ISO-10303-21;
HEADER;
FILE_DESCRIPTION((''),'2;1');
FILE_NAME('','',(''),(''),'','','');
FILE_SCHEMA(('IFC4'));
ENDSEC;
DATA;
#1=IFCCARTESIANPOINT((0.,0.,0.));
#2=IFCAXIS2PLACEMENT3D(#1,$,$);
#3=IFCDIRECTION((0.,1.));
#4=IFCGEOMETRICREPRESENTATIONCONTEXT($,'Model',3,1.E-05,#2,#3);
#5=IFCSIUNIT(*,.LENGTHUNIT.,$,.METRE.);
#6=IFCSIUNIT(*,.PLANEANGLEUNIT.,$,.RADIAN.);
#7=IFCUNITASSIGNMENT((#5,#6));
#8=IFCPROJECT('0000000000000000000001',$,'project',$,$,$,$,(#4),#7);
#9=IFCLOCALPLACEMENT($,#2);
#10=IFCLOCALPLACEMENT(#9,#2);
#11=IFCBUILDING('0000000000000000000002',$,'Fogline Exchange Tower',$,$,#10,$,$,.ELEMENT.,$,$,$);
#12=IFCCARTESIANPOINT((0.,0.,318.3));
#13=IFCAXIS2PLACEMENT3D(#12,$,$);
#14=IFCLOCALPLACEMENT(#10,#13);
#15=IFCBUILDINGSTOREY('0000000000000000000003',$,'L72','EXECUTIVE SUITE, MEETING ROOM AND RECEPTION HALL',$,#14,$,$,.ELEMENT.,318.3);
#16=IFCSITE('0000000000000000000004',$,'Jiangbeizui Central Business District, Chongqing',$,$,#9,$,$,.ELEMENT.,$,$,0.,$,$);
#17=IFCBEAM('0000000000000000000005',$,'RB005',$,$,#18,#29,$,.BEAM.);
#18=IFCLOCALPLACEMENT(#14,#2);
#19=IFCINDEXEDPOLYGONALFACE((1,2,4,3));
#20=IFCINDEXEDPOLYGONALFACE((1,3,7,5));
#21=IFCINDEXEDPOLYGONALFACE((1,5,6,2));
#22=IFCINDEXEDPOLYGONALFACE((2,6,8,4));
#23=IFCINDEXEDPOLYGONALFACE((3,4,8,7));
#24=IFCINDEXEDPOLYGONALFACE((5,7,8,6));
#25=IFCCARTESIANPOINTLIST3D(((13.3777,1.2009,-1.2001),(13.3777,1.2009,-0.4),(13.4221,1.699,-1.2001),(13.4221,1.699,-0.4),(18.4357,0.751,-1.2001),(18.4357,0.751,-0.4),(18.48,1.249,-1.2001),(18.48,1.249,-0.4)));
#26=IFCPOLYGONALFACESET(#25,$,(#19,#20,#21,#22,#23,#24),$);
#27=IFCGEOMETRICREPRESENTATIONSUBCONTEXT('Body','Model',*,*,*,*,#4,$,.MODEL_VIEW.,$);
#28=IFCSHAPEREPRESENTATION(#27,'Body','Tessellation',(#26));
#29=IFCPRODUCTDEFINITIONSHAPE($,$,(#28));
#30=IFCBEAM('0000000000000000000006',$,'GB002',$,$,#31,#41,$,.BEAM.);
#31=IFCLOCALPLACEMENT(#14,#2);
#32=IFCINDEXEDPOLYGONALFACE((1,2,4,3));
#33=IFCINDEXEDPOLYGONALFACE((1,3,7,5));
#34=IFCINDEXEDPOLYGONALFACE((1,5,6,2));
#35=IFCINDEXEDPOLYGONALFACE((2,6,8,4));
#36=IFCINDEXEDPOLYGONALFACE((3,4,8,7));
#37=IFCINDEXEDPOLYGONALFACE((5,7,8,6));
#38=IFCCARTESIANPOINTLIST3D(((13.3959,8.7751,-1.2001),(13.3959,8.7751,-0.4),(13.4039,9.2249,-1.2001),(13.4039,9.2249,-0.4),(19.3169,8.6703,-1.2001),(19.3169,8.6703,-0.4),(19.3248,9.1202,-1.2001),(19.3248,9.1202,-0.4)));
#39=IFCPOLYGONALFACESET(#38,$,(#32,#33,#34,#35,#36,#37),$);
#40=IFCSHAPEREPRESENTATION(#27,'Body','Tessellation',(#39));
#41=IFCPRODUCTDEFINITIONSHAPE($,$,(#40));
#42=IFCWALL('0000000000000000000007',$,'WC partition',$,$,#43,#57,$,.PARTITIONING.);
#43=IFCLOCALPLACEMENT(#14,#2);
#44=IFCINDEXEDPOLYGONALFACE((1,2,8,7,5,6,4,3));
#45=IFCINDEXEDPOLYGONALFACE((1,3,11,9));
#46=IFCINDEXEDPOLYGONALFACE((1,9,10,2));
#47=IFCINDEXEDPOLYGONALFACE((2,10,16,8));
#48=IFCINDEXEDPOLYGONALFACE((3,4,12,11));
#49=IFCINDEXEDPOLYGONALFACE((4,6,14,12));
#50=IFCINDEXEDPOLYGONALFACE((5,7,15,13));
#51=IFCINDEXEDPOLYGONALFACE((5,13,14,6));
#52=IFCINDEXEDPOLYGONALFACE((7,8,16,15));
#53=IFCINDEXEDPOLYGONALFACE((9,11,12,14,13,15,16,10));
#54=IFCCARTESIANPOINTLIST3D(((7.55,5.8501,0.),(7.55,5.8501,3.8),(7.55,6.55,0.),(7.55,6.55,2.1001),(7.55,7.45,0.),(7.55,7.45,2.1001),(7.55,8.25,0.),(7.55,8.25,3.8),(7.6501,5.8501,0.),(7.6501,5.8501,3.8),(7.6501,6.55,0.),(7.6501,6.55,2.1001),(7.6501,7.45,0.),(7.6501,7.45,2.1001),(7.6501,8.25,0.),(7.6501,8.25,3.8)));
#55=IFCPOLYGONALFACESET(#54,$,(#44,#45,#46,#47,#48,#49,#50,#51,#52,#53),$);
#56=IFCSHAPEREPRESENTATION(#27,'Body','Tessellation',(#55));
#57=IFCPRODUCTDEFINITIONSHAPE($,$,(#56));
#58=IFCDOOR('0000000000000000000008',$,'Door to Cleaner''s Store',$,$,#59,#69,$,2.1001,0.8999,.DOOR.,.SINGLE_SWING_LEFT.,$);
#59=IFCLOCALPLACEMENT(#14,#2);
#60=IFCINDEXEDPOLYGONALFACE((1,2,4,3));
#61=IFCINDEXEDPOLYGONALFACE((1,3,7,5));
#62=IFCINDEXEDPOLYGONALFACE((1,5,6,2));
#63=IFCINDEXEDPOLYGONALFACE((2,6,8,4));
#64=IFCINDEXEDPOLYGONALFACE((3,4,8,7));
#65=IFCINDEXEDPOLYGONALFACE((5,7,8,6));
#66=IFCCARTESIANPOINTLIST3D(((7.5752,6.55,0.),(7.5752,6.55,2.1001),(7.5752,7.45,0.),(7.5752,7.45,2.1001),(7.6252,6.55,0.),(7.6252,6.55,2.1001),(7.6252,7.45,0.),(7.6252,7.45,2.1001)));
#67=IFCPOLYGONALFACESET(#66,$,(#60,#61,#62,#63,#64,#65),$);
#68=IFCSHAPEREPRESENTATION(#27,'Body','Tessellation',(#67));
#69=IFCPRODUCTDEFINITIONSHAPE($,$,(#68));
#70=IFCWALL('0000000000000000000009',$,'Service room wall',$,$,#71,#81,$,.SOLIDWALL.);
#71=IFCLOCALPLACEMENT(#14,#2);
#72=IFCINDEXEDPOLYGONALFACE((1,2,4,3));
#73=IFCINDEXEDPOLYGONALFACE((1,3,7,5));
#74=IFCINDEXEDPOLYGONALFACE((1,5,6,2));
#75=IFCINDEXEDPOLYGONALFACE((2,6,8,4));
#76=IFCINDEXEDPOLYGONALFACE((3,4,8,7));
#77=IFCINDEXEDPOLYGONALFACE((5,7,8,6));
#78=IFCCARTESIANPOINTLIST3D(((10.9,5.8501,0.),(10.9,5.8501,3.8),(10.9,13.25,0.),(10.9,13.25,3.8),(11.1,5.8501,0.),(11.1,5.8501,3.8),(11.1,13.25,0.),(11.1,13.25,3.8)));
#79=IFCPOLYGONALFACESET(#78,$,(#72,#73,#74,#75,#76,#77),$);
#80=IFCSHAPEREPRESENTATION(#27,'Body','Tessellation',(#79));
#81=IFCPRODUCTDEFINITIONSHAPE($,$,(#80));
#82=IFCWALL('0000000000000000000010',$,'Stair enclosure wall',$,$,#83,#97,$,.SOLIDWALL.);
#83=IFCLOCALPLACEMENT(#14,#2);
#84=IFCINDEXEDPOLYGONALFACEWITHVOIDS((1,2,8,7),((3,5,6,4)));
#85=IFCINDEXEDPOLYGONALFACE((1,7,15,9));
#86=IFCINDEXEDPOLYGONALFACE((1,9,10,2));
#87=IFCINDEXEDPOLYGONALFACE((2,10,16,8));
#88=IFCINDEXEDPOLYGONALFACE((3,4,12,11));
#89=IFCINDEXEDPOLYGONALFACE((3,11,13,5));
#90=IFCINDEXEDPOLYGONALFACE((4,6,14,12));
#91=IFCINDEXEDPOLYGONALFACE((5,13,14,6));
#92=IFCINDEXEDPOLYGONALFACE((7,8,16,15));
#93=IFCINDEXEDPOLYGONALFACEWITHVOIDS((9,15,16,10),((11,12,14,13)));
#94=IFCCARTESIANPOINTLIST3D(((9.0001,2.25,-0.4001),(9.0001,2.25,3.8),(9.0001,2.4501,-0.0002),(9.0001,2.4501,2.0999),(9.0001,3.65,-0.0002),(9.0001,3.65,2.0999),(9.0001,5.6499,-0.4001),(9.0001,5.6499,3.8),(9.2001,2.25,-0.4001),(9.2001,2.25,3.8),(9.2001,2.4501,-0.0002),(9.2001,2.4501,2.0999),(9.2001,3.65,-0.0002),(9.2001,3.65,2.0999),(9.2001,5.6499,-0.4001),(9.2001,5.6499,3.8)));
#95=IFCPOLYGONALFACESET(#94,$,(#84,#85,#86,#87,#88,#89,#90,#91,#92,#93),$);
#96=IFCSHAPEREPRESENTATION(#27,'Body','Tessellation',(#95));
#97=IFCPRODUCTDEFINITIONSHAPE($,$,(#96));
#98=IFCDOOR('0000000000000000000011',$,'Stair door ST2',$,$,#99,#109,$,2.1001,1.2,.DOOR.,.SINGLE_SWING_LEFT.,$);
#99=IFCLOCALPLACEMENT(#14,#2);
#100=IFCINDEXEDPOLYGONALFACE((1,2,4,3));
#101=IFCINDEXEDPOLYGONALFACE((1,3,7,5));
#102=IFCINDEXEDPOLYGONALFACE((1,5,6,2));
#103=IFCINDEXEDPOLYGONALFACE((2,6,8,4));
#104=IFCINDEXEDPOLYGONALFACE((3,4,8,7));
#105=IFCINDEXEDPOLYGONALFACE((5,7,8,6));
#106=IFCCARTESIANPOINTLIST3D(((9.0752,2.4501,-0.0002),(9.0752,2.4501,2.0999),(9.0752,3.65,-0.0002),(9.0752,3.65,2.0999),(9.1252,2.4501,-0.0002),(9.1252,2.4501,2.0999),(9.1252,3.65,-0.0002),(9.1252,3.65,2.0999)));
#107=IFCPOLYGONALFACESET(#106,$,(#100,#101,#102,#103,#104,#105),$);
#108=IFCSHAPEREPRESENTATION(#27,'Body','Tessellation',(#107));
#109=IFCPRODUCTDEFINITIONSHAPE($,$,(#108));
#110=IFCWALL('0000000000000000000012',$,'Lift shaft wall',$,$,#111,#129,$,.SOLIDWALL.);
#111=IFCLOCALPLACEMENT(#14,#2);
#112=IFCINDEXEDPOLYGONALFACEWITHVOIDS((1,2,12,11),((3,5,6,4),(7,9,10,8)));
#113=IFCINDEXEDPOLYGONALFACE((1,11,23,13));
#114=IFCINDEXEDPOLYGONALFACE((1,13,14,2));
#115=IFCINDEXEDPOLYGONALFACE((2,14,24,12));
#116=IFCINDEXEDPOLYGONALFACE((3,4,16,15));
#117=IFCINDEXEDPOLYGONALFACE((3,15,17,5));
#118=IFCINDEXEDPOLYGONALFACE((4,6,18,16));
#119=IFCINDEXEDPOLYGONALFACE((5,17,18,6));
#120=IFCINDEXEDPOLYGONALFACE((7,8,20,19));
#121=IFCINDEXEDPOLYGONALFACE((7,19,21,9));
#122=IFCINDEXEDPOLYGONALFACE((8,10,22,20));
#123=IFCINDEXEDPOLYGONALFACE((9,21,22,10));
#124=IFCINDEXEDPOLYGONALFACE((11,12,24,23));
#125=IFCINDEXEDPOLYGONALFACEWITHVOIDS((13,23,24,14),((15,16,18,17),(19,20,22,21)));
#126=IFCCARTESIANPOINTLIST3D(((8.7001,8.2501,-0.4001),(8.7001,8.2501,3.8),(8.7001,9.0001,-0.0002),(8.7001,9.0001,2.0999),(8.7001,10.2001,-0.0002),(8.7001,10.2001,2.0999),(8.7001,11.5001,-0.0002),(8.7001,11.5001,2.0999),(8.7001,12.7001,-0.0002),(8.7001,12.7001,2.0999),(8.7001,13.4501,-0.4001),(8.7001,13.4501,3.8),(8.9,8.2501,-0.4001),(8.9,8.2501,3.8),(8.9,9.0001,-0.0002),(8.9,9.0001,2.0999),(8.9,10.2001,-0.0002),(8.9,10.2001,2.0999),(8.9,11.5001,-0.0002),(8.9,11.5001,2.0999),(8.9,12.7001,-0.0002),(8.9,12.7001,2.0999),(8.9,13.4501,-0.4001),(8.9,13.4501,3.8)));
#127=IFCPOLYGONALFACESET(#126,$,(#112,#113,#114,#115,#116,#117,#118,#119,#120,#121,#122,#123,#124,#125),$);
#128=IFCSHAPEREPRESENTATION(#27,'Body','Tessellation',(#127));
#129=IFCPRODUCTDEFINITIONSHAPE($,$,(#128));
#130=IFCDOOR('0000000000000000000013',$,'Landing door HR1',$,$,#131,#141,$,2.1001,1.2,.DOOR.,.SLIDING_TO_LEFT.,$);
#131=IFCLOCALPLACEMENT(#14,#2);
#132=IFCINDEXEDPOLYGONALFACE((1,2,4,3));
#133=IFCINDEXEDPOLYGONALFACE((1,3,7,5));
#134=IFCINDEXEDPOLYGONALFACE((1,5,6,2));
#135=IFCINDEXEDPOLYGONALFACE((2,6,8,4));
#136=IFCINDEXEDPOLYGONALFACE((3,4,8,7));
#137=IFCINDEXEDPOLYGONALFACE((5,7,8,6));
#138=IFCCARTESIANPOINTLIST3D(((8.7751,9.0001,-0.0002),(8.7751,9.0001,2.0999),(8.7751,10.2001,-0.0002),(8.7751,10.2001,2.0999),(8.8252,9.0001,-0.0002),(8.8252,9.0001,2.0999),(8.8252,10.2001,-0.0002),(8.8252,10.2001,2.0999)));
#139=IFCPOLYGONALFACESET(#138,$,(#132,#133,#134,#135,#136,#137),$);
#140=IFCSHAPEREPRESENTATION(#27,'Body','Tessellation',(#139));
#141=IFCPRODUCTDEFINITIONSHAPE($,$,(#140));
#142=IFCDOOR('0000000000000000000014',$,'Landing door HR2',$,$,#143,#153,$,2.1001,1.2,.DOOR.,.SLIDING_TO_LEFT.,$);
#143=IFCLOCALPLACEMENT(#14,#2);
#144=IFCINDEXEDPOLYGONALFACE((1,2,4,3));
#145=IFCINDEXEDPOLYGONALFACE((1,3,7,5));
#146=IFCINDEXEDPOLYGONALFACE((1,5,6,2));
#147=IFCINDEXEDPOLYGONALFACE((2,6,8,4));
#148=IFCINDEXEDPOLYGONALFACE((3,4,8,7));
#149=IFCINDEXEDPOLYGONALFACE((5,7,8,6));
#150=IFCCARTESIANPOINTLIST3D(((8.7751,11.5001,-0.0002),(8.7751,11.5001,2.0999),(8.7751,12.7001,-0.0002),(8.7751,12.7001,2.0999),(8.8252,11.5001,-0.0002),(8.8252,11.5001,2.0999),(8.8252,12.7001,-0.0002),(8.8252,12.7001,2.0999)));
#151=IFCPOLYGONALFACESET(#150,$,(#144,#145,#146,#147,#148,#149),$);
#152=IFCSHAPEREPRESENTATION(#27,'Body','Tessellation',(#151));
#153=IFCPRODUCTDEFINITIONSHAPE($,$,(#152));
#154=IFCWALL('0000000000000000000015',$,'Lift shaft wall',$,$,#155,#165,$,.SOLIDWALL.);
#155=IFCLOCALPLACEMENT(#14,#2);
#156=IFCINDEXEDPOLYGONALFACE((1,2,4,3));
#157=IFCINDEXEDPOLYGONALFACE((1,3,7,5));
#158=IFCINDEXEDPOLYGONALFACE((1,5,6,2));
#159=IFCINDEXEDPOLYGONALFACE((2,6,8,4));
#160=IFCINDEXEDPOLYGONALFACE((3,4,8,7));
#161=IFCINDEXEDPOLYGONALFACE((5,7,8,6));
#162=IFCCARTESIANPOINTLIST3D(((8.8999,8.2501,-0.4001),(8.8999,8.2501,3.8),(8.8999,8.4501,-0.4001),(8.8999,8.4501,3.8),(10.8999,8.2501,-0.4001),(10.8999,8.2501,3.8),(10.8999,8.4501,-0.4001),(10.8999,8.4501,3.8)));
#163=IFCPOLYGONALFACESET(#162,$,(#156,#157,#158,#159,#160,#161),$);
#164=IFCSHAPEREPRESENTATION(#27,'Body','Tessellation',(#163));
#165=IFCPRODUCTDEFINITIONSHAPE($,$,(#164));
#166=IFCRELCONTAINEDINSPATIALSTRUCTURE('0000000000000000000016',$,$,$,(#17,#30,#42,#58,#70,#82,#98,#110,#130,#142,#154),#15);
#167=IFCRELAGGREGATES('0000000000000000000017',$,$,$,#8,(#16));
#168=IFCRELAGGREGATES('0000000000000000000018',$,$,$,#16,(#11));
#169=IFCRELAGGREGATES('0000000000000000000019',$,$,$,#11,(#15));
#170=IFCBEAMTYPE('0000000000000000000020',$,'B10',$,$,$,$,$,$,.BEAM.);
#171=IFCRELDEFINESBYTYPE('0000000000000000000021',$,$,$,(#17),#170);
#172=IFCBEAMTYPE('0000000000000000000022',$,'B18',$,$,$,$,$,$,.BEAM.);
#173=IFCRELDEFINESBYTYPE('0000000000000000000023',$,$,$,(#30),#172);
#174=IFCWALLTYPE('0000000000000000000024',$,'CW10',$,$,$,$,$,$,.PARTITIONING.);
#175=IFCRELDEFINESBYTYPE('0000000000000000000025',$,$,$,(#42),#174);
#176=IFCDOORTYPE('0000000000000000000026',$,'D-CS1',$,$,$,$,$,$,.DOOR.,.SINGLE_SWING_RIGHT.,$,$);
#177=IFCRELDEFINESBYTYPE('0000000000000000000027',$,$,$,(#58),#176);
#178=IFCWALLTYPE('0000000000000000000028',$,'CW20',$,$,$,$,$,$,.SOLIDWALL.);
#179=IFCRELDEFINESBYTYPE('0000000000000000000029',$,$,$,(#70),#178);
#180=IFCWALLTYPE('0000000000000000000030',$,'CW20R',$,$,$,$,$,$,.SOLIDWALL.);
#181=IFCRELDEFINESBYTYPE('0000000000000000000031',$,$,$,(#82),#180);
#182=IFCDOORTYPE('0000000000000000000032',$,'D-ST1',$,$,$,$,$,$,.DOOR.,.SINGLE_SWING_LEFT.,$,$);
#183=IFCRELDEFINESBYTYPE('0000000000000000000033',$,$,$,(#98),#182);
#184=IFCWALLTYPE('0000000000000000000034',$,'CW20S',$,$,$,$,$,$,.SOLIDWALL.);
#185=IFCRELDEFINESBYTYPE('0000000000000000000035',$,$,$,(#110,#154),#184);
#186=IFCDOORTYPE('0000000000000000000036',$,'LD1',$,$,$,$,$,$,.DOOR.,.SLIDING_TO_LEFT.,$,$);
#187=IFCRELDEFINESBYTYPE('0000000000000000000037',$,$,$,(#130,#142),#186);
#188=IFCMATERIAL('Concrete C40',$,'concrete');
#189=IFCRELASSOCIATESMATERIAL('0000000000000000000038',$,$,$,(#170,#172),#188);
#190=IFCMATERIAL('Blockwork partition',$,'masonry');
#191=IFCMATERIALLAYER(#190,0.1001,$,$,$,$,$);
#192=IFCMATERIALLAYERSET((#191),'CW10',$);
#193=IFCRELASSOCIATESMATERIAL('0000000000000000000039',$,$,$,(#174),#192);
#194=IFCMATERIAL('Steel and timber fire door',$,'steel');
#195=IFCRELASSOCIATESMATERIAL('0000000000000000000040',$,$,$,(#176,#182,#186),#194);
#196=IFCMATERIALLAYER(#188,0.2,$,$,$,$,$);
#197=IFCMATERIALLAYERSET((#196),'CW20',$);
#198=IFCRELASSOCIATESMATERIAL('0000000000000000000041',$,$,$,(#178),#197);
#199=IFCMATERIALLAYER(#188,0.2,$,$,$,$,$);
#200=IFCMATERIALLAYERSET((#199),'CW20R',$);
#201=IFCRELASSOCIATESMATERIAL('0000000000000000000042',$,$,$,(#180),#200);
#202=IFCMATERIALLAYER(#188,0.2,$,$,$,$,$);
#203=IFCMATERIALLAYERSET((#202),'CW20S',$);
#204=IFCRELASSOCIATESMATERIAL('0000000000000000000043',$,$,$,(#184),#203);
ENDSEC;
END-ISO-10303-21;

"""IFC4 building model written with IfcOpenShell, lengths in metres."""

from ifc_helpers import new_model, si_unit, direction, frame, frame_2d, origin, origin_2d, place, context, subcontext, project, spatial, rectangle, extrude, material, layer, layer_set, material_profile, profile_set, type_object, element, fill, save


model = new_model("IFC4")

# Units and contexts
model_context = context("Model", 3, precision=1e-05, world=origin(), true_north=direction((0.0, 1.0)))
body_context = subcontext(model_context, "Body", "Model", "MODEL_VIEW")
ifc_project = project(units=[si_unit("LENGTHUNIT", "METRE"), si_unit("PLANEANGLEUNIT", "RADIAN")], contexts=[model_context])

# Site, building, storey
site_placement = place(None, origin())
site = spatial("IfcSite", under=ifc_project, at=site_placement, Name="Jiangbeizui Central Business District, Chongqing", CompositionType="ELEMENT", RefElevation=0.0)
building_placement = place(site_placement, origin())
building = spatial("IfcBuilding", under=site, at=building_placement, Name="Fogline Exchange Tower", CompositionType="ELEMENT")
storey_placement = place(building_placement, frame((0.0, 0.0, 318.3)))
storey = spatial("IfcBuildingStorey", under=building, at=storey_placement, Name="L72", Description="EXECUTIVE SUITE, MEETING ROOM AND RECEPTION HALL", CompositionType="ELEMENT", Elevation=318.3)

# Beams
ifc_material_1 = material(Name="Concrete C40", Category="concrete")
ifc_material_profile_1 = material_profile(ifc_material_1, rectangle(XDim=0.5, YDim=0.8, at=origin_2d()), Name="RC 500x800")
ifc_profile_set_1 = profile_set([ifc_material_profile_1], Name="Concrete C40")
beam_type_1 = type_object("IfcBeamType", Name="B10", PredefinedType="BEAM", material=ifc_profile_set_1)
beam_1_placement = place(storey_placement, frame((13.3999, 1.45, -0.8), z_axis=(0.996066, -0.088611, 0.0), x_axis=(0.088611, 0.996066, 0.0)))
element("IfcBeam", 1, at=beam_1_placement, inside=storey, type_object=beam_type_1, Name="RB005", PredefinedType="BEAM", context=body_context, shape_type="SweptSolid", body=[
    extrude(rectangle(XDim=0.5, YDim=0.8, at=origin_2d()), origin(), (0.0, 0.0, 1.0), 5.0779),
])
ifc_material_profile_2 = material_profile(ifc_material_1, rectangle(XDim=0.45, YDim=0.8, at=origin_2d()), Name="RC 450x800")
ifc_profile_set_2 = profile_set([ifc_material_profile_2], Name="Concrete C40")
beam_type_2 = type_object("IfcBeamType", Name="B18", PredefinedType="BEAM", material=ifc_profile_set_2)
beam_2_placement = place(storey_placement, frame((13.3999, 9.0, -0.8), z_axis=(0.999844, -0.017686, 0.0), x_axis=(0.017686, 0.999844, 0.0)))
element("IfcBeam", 2, at=beam_2_placement, inside=storey, type_object=beam_type_2, Name="GB002", PredefinedType="BEAM", context=body_context, shape_type="SweptSolid", body=[
    extrude(rectangle(XDim=0.45, YDim=0.8, at=origin_2d()), origin(), (0.0, 0.0, 1.0), 5.9219),
])

# Wall, opening, door
ifc_material_2 = material(Name="Blockwork partition", Category="masonry")
ifc_layer_1 = layer(ifc_material_2, 0.1001)
ifc_layer_set_1 = layer_set([ifc_layer_1], Name="CW10")
wall_type_1 = type_object("IfcWallType", Name="CW10", PredefinedType="PARTITIONING", material=ifc_layer_set_1)
wall_1_placement = place(storey_placement, frame((7.6001, 5.8501, 0.0), z_axis=(0.0, 0.0, 1.0), x_axis=(0.0, 1.0, 0.0)))
wall_1 = element("IfcWall", 3, at=wall_1_placement, inside=storey, type_object=wall_type_1, Name="WC partition", PredefinedType="PARTITIONING", context=body_context, shape_type="SweptSolid", body=[
    extrude(rectangle(XDim=2.3999, YDim=0.1001, at=frame_2d((1.2, 0.0))), origin(), (0.0, 0.0, 1.0), 3.8),
])
opening_1_placement = place(wall_1_placement, frame((0.7, 0.0, 0.0)))
opening_1 = element("IfcOpeningElement", 4, at=opening_1_placement, cuts=wall_1, PredefinedType="OPENING", context=body_context, shape_type="SweptSolid", body=[
    extrude(rectangle(XDim=0.8999, YDim=2.1001, at=frame_2d((0.45, 1.05))), frame((0.0, 0.0601, 0.0), z_axis=(0.0, -1.0, 0.0), x_axis=(1.0, 0.0, 0.0)), (0.0, 0.0, 1.0), 0.1201),
])
ifc_material_3 = material(Name="Steel and timber fire door", Category="steel")
door_type_1 = type_object("IfcDoorType", Name="D-CS1", OperationType="SINGLE_SWING_RIGHT", PredefinedType="DOOR", material=ifc_material_3)
door_1_placement = place(opening_1_placement, origin())
door_1 = element("IfcDoor", 5, at=door_1_placement, inside=storey, type_object=door_type_1, Name="Door to Cleaner's Store", OperationType="SINGLE_SWING_LEFT", OverallHeight=2.1001, OverallWidth=0.8999, PredefinedType="DOOR", context=body_context, shape_type="SweptSolid", body=[
    extrude(rectangle(XDim=0.8999, YDim=2.1001, at=frame_2d((0.45, 1.05))), frame((0.0, 0.0249, 0.0), z_axis=(0.0, -1.0, 0.0), x_axis=(1.0, 0.0, 0.0)), (0.0, 0.0, 1.0), 0.05),
])
fill(opening_1, door_1)

# Wall
ifc_layer_2 = layer(ifc_material_1, 0.2)
ifc_layer_set_2 = layer_set([ifc_layer_2], Name="CW20")
wall_type_2 = type_object("IfcWallType", Name="CW20", PredefinedType="SOLIDWALL", material=ifc_layer_set_2)
wall_2_placement = place(storey_placement, frame((11.0, 5.8501, 0.0), z_axis=(0.0, 0.0, 1.0), x_axis=(0.0, 1.0, 0.0)))
element("IfcWall", 6, at=wall_2_placement, inside=storey, type_object=wall_type_2, Name="Service room wall", PredefinedType="SOLIDWALL", context=body_context, shape_type="SweptSolid", body=[
    extrude(rectangle(XDim=7.3999, YDim=0.2, at=frame_2d((3.7, 0.0))), origin(), (0.0, 0.0, 1.0), 3.8),
])

# Wall, opening, door
ifc_layer_3 = layer(ifc_material_1, 0.2)
ifc_layer_set_3 = layer_set([ifc_layer_3], Name="CW20R")
wall_type_3 = type_object("IfcWallType", Name="CW20R", PredefinedType="SOLIDWALL", material=ifc_layer_set_3)
wall_3_placement = place(storey_placement, frame((9.1001, 2.25, -0.4001), z_axis=(0.0, 0.0, 1.0), x_axis=(0.0, 1.0, 0.0)))
wall_3 = element("IfcWall", 7, at=wall_3_placement, inside=storey, type_object=wall_type_3, Name="Stair enclosure wall", PredefinedType="SOLIDWALL", context=body_context, shape_type="SweptSolid", body=[
    extrude(rectangle(XDim=3.3999, YDim=0.2, at=frame_2d((1.7, 0.0))), origin(), (0.0, 0.0, 1.0), 4.2002),
])
opening_2_placement = place(wall_3_placement, frame((0.2, 0.0, 0.3999)))
opening_2 = element("IfcOpeningElement", 8, at=opening_2_placement, cuts=wall_3, PredefinedType="OPENING", context=body_context, shape_type="SweptSolid", body=[
    extrude(rectangle(XDim=1.2, YDim=2.1001, at=frame_2d((0.6001, 1.05))), frame((0.0, 0.1099, 0.0), z_axis=(0.0, -1.0, 0.0), x_axis=(1.0, 0.0, 0.0)), (0.0, 0.0, 1.0), 0.22),
])
door_type_2 = type_object("IfcDoorType", Name="D-ST1", OperationType="SINGLE_SWING_LEFT", PredefinedType="DOOR", material=ifc_material_3)
door_2_placement = place(opening_2_placement, origin())
door_2 = element("IfcDoor", 9, at=door_2_placement, inside=storey, type_object=door_type_2, Name="Stair door ST2", OperationType="SINGLE_SWING_LEFT", OverallHeight=2.1001, OverallWidth=1.2, PredefinedType="DOOR", context=body_context, shape_type="SweptSolid", body=[
    extrude(rectangle(XDim=1.2, YDim=2.1001, at=frame_2d((0.6001, 1.05))), frame((0.0, 0.0249, 0.0), z_axis=(0.0, -1.0, 0.0), x_axis=(1.0, 0.0, 0.0)), (0.0, 0.0, 1.0), 0.05),
])
fill(opening_2, door_2)

# Wall, openings, doors
ifc_layer_4 = layer(ifc_material_1, 0.2)
ifc_layer_set_4 = layer_set([ifc_layer_4], Name="CW20S")
wall_type_4 = type_object("IfcWallType", Name="CW20S", PredefinedType="SOLIDWALL", material=ifc_layer_set_4)
wall_4_placement = place(storey_placement, frame((8.8, 8.25, -0.4001), z_axis=(0.0, 0.0, 1.0), x_axis=(0.0, 1.0, 0.0)))
wall_4 = element("IfcWall", 10, at=wall_4_placement, inside=storey, type_object=wall_type_4, Name="Lift shaft wall", PredefinedType="SOLIDWALL", context=body_context, shape_type="SweptSolid", body=[
    extrude(rectangle(XDim=5.2, YDim=0.2, at=frame_2d((2.6001, 0.0))), origin(), (0.0, 0.0, 1.0), 4.2002),
])
opening_3_placement = place(wall_4_placement, frame((0.75, 0.0, 0.3999)))
opening_3 = element("IfcOpeningElement", 11, at=opening_3_placement, cuts=wall_4, PredefinedType="OPENING", context=body_context, shape_type="SweptSolid", body=[
    extrude(rectangle(XDim=1.2, YDim=2.1001, at=frame_2d((0.6001, 1.05))), frame((0.0, 0.1099, 0.0), z_axis=(0.0, -1.0, 0.0), x_axis=(1.0, 0.0, 0.0)), (0.0, 0.0, 1.0), 0.22),
])
opening_4_placement = place(wall_4_placement, frame((3.25, 0.0, 0.3999)))
opening_4 = element("IfcOpeningElement", 12, at=opening_4_placement, cuts=wall_4, PredefinedType="OPENING", context=body_context, shape_type="SweptSolid", body=[
    extrude(rectangle(XDim=1.2, YDim=2.1001, at=frame_2d((0.6001, 1.05))), frame((0.0, 0.1099, 0.0), z_axis=(0.0, -1.0, 0.0), x_axis=(1.0, 0.0, 0.0)), (0.0, 0.0, 1.0), 0.22),
])
door_type_3 = type_object("IfcDoorType", Name="LD1", OperationType="SLIDING_TO_LEFT", PredefinedType="DOOR", material=ifc_material_3)
door_3_placement = place(opening_3_placement, origin())
door_3 = element("IfcDoor", 13, at=door_3_placement, inside=storey, type_object=door_type_3, Name="Landing door HR1", OperationType="SLIDING_TO_LEFT", OverallHeight=2.1001, OverallWidth=1.2, PredefinedType="DOOR", context=body_context, shape_type="SweptSolid", body=[
    extrude(rectangle(XDim=1.2, YDim=2.1001, at=frame_2d((0.6001, 1.05))), frame((0.0, 0.0249, 0.0), z_axis=(0.0, -1.0, 0.0), x_axis=(1.0, 0.0, 0.0)), (0.0, 0.0, 1.0), 0.05),
])
fill(opening_3, door_3)
door_4_placement = place(opening_4_placement, origin())
door_4 = element("IfcDoor", 14, at=door_4_placement, inside=storey, type_object=door_type_3, Name="Landing door HR2", OperationType="SLIDING_TO_LEFT", OverallHeight=2.1001, OverallWidth=1.2, PredefinedType="DOOR", context=body_context, shape_type="SweptSolid", body=[
    extrude(rectangle(XDim=1.2, YDim=2.1001, at=frame_2d((0.6001, 1.05))), frame((0.0, 0.0249, 0.0), z_axis=(0.0, -1.0, 0.0), x_axis=(1.0, 0.0, 0.0)), (0.0, 0.0, 1.0), 0.05),
])
fill(opening_4, door_4)

# Wall
for number, where, z_axis, x_axis, name in (
    (15, (8.8999, 8.3501, -0.4001), (0.0, 0.0, 1.0), (1.0, 0.0, 0.0), "Lift shaft wall"),
):
    element("IfcWall", number, at=place(storey_placement, frame(where, z_axis=z_axis, x_axis=x_axis)), inside=storey, type_object=wall_type_4, Name=name, PredefinedType="SOLIDWALL", context=body_context, shape_type="SweptSolid", body=[
        extrude(rectangle(XDim=2.0, YDim=0.2, at=frame_2d((1.0, 0.0))), origin(), (0.0, 0.0, 1.0), 4.2002),
    ])

save(model, "model.ifc")
